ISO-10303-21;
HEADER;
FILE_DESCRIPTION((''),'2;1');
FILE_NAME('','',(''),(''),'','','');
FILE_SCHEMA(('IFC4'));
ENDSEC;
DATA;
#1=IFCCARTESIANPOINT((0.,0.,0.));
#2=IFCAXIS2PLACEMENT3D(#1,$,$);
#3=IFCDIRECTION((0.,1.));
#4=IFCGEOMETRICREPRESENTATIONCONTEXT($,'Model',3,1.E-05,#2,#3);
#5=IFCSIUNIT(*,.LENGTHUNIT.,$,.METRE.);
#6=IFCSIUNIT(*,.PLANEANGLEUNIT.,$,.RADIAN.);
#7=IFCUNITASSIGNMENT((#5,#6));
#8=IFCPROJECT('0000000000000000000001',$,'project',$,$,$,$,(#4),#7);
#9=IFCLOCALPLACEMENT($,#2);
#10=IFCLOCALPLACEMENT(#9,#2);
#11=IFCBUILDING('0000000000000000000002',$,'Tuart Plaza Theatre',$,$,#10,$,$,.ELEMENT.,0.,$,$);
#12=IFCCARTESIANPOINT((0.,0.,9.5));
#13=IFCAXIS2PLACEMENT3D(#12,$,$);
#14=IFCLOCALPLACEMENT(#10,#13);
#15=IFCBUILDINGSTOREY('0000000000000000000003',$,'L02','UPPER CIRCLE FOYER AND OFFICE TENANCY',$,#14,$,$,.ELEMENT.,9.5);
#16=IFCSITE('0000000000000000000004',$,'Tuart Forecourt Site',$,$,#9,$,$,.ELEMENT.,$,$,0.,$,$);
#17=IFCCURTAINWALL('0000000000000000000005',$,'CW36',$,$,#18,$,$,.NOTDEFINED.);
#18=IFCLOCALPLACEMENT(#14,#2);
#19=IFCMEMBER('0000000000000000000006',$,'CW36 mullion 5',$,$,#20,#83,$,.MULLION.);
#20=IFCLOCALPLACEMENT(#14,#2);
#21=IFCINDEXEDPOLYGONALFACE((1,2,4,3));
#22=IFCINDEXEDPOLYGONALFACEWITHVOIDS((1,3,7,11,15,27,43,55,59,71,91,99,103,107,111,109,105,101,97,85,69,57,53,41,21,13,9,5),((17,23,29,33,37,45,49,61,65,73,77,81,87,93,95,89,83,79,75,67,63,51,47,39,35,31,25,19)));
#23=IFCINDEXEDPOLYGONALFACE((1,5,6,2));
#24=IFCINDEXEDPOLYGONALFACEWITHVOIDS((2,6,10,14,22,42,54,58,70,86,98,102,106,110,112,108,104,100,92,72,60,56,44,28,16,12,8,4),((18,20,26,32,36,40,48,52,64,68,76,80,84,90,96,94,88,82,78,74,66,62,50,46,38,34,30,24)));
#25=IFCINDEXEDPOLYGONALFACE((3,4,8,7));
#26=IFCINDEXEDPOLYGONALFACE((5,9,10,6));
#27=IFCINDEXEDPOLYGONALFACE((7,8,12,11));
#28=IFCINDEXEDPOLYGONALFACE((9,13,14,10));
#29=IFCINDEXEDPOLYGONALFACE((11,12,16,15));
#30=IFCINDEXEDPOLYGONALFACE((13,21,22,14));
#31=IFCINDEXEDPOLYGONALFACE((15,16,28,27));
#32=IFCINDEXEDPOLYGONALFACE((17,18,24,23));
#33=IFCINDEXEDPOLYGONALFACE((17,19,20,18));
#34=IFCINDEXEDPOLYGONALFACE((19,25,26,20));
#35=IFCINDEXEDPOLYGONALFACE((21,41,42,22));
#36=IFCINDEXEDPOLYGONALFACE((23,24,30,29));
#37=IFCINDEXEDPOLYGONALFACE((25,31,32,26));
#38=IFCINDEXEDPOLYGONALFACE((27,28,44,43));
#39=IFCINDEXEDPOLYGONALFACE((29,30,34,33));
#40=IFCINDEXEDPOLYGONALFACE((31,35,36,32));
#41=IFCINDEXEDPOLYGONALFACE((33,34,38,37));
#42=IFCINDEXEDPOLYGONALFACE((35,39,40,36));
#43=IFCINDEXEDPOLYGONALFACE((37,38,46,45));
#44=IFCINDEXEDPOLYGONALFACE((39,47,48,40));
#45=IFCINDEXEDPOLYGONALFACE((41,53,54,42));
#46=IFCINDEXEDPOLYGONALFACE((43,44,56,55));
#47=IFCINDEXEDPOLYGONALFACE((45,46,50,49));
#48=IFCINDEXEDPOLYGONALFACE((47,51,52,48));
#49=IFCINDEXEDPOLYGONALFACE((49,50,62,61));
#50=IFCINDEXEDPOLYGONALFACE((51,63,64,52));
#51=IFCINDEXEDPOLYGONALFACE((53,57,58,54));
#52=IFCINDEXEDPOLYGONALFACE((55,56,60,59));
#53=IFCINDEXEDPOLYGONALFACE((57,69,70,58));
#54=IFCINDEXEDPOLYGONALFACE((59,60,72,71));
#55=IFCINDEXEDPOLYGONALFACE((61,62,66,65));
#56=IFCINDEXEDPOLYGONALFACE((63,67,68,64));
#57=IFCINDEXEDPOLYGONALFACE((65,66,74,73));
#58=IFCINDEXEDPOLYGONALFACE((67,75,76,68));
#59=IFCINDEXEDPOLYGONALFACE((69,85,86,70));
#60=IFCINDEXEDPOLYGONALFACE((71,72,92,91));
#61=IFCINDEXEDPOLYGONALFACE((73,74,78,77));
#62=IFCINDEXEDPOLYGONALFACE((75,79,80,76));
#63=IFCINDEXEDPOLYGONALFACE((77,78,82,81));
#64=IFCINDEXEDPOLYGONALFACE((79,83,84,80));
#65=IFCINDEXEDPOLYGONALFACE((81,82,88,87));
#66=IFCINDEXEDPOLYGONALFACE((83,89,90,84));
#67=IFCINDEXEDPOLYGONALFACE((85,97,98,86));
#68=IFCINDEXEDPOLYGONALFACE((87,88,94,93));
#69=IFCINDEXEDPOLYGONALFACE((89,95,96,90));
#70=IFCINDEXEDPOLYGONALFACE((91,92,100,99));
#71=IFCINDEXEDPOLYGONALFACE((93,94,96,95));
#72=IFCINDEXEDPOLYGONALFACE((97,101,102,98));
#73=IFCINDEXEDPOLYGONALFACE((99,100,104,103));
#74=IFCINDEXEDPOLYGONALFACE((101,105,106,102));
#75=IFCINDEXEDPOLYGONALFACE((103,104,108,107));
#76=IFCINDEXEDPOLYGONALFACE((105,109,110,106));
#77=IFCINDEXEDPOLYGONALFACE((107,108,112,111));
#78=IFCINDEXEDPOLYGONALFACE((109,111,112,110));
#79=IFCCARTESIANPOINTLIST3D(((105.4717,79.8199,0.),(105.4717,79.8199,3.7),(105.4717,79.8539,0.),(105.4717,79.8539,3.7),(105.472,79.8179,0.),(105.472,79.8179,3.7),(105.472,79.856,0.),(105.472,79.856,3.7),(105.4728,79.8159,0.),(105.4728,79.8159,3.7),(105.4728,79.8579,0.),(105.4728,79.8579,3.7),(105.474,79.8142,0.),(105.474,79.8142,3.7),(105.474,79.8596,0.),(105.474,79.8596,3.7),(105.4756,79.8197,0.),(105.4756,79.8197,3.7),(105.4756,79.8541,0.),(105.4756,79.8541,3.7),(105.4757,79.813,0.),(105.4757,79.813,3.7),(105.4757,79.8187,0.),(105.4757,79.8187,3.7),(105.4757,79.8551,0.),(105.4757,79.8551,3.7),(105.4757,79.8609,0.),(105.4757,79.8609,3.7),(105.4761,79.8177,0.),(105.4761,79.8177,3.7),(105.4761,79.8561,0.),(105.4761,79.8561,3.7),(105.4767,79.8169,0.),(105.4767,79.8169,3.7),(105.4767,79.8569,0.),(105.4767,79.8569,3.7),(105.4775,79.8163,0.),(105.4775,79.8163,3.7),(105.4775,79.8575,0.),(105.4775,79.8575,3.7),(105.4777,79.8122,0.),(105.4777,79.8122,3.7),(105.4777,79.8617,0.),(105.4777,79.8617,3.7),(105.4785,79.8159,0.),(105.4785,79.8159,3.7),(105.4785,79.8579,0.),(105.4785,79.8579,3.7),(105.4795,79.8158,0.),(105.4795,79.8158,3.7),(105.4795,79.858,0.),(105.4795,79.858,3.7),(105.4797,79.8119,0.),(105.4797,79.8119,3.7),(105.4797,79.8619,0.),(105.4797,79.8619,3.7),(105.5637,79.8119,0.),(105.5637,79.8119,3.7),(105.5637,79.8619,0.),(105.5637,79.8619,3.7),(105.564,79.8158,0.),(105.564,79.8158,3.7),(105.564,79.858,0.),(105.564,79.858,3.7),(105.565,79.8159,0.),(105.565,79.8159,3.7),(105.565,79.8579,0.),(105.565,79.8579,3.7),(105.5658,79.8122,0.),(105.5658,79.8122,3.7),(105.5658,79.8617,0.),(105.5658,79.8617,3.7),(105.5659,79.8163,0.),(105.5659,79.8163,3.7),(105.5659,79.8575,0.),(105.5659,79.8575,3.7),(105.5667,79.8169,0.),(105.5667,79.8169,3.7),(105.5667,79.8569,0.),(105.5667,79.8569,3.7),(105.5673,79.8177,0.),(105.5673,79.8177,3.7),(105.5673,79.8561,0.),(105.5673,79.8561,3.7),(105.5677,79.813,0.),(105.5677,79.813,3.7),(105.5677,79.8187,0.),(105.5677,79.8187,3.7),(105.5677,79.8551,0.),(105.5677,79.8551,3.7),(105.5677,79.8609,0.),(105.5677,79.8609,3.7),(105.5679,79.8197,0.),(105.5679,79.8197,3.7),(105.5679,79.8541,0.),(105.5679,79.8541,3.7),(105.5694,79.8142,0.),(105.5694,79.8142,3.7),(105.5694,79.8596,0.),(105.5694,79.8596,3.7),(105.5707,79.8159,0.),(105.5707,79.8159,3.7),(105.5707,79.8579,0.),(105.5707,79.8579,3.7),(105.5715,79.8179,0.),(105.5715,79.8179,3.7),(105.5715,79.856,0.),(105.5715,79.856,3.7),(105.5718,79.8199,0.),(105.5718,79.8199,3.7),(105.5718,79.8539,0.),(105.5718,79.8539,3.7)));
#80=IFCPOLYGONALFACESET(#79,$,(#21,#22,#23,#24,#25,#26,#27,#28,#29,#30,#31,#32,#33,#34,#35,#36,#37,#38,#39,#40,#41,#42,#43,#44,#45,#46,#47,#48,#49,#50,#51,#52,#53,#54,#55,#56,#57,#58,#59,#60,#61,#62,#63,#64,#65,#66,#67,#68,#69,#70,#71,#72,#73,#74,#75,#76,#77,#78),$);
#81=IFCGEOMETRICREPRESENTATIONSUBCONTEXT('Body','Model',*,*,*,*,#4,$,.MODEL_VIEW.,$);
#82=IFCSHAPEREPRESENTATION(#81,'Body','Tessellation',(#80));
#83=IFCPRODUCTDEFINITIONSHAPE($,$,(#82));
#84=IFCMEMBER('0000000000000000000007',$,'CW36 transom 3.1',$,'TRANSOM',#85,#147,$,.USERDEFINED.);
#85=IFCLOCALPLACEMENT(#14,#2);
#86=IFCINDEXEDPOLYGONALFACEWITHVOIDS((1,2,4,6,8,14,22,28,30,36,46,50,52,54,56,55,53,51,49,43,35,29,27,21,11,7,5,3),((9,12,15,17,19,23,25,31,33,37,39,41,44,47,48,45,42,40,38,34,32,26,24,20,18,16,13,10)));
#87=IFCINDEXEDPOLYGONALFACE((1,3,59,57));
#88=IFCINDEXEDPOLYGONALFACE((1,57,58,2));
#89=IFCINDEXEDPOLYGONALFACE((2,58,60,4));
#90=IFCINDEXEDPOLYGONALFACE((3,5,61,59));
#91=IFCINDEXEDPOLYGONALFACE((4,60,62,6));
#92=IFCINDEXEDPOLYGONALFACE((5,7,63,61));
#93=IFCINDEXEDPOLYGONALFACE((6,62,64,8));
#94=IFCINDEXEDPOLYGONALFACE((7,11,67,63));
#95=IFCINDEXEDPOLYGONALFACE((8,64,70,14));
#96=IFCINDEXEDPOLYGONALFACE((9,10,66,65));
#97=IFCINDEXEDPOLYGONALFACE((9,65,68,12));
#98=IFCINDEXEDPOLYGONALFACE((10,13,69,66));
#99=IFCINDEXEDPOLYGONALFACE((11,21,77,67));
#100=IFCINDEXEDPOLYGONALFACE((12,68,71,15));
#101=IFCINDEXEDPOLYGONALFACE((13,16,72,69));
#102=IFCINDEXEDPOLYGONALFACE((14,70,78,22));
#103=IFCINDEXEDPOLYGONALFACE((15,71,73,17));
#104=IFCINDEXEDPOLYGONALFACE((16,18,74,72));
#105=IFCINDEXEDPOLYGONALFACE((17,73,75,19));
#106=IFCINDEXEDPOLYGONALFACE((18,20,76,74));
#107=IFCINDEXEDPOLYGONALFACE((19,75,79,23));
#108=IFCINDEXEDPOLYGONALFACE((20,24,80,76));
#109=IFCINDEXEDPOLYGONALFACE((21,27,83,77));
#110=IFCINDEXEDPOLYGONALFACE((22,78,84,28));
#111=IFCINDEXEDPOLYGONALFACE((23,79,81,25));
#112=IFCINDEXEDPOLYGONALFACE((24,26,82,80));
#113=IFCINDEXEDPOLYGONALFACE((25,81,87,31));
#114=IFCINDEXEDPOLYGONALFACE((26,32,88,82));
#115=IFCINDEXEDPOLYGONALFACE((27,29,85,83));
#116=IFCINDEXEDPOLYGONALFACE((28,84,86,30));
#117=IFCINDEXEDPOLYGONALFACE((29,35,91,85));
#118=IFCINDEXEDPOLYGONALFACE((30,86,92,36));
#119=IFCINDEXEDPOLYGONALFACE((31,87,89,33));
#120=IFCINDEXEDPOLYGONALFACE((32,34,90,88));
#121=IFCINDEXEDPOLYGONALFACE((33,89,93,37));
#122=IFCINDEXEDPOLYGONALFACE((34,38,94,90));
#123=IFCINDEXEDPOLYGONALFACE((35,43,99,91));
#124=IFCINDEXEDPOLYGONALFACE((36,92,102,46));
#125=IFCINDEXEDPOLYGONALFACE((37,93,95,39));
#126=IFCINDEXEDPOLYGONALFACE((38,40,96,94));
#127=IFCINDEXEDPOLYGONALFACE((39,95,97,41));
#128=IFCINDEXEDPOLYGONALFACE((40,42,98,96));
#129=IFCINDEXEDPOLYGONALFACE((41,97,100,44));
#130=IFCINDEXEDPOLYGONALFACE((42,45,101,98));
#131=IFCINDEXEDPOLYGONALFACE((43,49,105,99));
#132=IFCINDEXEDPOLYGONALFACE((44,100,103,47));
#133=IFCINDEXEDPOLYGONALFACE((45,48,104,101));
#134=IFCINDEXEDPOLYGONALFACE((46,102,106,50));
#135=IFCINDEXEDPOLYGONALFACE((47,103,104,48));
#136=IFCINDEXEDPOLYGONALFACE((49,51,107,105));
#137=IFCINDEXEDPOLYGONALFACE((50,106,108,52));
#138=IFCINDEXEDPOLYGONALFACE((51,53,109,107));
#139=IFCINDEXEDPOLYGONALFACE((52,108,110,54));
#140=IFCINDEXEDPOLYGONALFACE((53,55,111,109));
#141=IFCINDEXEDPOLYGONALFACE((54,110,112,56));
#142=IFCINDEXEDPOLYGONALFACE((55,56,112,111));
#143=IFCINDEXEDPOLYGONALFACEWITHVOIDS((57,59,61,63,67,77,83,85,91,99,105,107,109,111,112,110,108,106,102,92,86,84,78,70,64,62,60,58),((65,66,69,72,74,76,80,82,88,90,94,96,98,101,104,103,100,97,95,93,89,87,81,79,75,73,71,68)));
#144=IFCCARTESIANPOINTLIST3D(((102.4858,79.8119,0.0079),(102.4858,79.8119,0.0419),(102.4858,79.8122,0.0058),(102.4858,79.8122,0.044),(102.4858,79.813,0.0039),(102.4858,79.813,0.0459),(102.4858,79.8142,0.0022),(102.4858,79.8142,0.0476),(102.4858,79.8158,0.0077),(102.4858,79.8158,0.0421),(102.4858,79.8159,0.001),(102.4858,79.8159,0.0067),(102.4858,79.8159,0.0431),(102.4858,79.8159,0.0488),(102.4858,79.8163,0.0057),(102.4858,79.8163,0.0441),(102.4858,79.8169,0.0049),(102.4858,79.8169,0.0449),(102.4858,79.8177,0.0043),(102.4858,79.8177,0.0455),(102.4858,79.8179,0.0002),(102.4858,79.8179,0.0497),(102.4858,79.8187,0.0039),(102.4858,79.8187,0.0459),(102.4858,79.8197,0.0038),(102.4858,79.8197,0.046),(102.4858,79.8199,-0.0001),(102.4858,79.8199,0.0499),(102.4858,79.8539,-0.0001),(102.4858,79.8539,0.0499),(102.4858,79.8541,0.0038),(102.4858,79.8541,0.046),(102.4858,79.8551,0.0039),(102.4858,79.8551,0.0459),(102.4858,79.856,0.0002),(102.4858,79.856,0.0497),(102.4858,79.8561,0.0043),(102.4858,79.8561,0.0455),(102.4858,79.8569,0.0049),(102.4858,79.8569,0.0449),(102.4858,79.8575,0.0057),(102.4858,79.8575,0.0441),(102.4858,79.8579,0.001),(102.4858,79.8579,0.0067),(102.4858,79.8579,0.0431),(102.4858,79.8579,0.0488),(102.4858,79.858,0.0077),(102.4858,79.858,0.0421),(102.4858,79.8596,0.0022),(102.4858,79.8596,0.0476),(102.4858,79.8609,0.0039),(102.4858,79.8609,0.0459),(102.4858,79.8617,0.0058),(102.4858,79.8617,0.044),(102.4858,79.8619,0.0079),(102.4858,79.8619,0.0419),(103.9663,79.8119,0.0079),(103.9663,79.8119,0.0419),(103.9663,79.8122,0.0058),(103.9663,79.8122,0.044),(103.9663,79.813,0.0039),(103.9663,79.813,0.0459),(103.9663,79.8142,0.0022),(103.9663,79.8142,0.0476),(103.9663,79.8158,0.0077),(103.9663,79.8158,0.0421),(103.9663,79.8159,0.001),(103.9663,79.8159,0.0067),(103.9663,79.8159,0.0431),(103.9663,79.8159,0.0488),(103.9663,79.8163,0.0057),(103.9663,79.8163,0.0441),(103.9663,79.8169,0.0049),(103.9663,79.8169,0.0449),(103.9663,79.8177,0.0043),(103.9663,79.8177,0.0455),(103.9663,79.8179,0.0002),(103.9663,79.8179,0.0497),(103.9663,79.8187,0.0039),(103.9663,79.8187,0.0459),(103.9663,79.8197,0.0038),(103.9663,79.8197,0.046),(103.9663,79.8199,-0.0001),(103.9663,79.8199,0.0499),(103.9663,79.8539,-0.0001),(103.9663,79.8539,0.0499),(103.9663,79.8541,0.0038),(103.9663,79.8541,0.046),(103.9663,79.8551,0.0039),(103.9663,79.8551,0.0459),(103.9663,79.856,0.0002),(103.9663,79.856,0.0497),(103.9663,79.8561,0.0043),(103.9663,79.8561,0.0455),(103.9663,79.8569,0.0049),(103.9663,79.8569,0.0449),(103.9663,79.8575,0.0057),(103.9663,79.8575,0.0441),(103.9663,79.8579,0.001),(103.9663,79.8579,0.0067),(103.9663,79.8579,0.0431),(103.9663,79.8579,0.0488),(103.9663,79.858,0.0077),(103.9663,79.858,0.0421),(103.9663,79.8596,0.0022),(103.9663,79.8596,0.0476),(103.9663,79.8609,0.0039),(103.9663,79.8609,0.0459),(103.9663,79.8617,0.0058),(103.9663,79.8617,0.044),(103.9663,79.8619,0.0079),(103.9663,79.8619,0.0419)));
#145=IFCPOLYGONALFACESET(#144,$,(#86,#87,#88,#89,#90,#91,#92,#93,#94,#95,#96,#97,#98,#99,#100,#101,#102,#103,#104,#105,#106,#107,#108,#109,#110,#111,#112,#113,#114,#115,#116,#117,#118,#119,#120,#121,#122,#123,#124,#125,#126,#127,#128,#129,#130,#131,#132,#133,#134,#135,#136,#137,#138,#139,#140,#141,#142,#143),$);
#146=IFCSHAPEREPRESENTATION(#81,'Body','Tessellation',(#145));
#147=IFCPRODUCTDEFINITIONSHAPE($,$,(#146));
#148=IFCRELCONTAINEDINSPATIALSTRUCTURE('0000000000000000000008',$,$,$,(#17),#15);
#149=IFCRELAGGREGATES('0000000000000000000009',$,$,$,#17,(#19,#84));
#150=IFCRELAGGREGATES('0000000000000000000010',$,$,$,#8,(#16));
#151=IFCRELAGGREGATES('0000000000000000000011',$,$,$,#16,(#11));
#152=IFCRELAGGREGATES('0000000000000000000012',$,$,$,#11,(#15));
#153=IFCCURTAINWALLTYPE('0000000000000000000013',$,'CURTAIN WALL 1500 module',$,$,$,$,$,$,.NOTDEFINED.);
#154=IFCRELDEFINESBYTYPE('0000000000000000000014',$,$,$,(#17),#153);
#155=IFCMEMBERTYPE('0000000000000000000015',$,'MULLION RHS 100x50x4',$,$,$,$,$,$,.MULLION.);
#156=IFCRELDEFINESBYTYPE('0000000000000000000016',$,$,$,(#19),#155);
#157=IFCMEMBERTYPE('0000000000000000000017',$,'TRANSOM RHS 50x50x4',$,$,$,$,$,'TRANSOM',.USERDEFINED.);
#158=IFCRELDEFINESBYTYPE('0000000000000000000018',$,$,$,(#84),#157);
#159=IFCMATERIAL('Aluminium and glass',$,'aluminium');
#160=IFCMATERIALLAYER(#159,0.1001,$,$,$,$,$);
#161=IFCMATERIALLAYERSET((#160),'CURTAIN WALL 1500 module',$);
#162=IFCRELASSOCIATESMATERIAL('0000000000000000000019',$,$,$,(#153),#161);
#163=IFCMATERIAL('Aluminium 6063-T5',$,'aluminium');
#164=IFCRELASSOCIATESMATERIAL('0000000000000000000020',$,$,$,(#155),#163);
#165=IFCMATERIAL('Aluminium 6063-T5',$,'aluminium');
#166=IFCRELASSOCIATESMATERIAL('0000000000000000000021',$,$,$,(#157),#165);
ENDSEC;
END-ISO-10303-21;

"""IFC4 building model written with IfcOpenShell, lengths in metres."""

from ifc_helpers import new_model, si_unit, direction, frame, origin, origin_2d, place, context, subcontext, project, spatial, hollow_rectangle, extrude, material, layer, layer_set, material_profile, profile_set, type_object, element, aggregate, save


model = new_model("IFC4")

# Units and contexts
model_context = context("Model", 3, precision=1e-05, world=origin(), true_north=direction((0.0, 1.0)))
body_context = subcontext(model_context, "Body", "Model", "MODEL_VIEW")
ifc_project = project(units=[si_unit("LENGTHUNIT", "METRE"), si_unit("PLANEANGLEUNIT", "RADIAN")], contexts=[model_context])

# Site, building, storey
site_placement = place(None, origin())
site = spatial("IfcSite", under=ifc_project, at=site_placement, Name="Tuart Forecourt Site", CompositionType="ELEMENT", RefElevation=0.0)
building_placement = place(site_placement, origin())
building = spatial("IfcBuilding", under=site, at=building_placement, Name="Tuart Plaza Theatre", CompositionType="ELEMENT", ElevationOfRefHeight=0.0)
storey_placement = place(building_placement, frame((0.0, 0.0, 9.5)))
storey = spatial("IfcBuildingStorey", under=building, at=storey_placement, Name="L02", Description="UPPER CIRCLE FOYER AND OFFICE TENANCY", CompositionType="ELEMENT", Elevation=9.5)

# Curtain wall, members
ifc_material_1 = material(Name="Aluminium and glass", Category="aluminium")
ifc_layer_1 = layer(ifc_material_1, 0.1001)
ifc_layer_set_1 = layer_set([ifc_layer_1], Name="CURTAIN WALL 1500 module")
curtain_wall_type = type_object("IfcCurtainWallType", Name="CURTAIN WALL 1500 module", PredefinedType="NOTDEFINED", material=ifc_layer_set_1)
curtain_wall_placement = place(storey_placement, origin())
curtain_wall = element("IfcCurtainWall", 1, at=curtain_wall_placement, inside=storey, type_object=curtain_wall_type, Name="CW36", PredefinedType="NOTDEFINED")
ifc_material_2 = material(Name="Aluminium 6063-T5", Category="aluminium")
ifc_material_profile_1 = material_profile(ifc_material_2, hollow_rectangle(XDim=0.05, YDim=0.1001, WallThickness=0.0039, InnerFilletRadius=0.0039, OuterFilletRadius=0.0081, at=origin_2d()), Name="RHS 100x50x4")
ifc_profile_set_1 = profile_set([ifc_material_profile_1], Name="Aluminium 6063-T5")
member_type_1 = type_object("IfcMemberType", Name="MULLION RHS 100x50x4", PredefinedType="MULLION", material=ifc_profile_set_1)
member_1_placement = place(storey_placement, frame((105.5217, 79.8369, 0.0), z_axis=(0.0, 0.0, 1.0), x_axis=(0.0, 1.0, 0.0)))
member_1 = element("IfcMember", 2, at=member_1_placement, type_object=member_type_1, Name="CW36 mullion 5", PredefinedType="MULLION", context=body_context, shape_type="SweptSolid", body=[
    extrude(hollow_rectangle(XDim=0.05, YDim=0.1001, WallThickness=0.0039, InnerFilletRadius=0.0039, OuterFilletRadius=0.0081, at=origin_2d()), origin(), (0.0, 0.0, 1.0), 3.7),
])
ifc_material_3 = material(Name="Aluminium 6063-T5", Category="aluminium")
ifc_material_profile_2 = material_profile(ifc_material_3, hollow_rectangle(XDim=0.05, YDim=0.05, WallThickness=0.0039, InnerFilletRadius=0.0039, OuterFilletRadius=0.0081, at=origin_2d()), Name="RHS 50x50x4")
ifc_profile_set_2 = profile_set([ifc_material_profile_2], Name="Aluminium 6063-T5")
member_type_2 = type_object("IfcMemberType", Name="TRANSOM RHS 50x50x4", ElementType="TRANSOM", PredefinedType="USERDEFINED", material=ifc_profile_set_2)
member_2_placement = place(storey_placement, frame((102.4858, 79.8369, 0.0249), z_axis=(1.0, 0.0, 0.0), x_axis=(0.0, 1.0, 0.0)))
member_2 = element("IfcMember", 3, at=member_2_placement, type_object=member_type_2, Name="CW36 transom 3.1", ObjectType="TRANSOM", PredefinedType="USERDEFINED", context=body_context, shape_type="SweptSolid", body=[
    extrude(hollow_rectangle(XDim=0.05, YDim=0.05, WallThickness=0.0039, InnerFilletRadius=0.0039, OuterFilletRadius=0.0081, at=origin_2d()), origin(), (0.0, 0.0, 1.0), 1.4805),
])
aggregate(curtain_wall, [member_1, member_2])

save(model, "model.ifc")
